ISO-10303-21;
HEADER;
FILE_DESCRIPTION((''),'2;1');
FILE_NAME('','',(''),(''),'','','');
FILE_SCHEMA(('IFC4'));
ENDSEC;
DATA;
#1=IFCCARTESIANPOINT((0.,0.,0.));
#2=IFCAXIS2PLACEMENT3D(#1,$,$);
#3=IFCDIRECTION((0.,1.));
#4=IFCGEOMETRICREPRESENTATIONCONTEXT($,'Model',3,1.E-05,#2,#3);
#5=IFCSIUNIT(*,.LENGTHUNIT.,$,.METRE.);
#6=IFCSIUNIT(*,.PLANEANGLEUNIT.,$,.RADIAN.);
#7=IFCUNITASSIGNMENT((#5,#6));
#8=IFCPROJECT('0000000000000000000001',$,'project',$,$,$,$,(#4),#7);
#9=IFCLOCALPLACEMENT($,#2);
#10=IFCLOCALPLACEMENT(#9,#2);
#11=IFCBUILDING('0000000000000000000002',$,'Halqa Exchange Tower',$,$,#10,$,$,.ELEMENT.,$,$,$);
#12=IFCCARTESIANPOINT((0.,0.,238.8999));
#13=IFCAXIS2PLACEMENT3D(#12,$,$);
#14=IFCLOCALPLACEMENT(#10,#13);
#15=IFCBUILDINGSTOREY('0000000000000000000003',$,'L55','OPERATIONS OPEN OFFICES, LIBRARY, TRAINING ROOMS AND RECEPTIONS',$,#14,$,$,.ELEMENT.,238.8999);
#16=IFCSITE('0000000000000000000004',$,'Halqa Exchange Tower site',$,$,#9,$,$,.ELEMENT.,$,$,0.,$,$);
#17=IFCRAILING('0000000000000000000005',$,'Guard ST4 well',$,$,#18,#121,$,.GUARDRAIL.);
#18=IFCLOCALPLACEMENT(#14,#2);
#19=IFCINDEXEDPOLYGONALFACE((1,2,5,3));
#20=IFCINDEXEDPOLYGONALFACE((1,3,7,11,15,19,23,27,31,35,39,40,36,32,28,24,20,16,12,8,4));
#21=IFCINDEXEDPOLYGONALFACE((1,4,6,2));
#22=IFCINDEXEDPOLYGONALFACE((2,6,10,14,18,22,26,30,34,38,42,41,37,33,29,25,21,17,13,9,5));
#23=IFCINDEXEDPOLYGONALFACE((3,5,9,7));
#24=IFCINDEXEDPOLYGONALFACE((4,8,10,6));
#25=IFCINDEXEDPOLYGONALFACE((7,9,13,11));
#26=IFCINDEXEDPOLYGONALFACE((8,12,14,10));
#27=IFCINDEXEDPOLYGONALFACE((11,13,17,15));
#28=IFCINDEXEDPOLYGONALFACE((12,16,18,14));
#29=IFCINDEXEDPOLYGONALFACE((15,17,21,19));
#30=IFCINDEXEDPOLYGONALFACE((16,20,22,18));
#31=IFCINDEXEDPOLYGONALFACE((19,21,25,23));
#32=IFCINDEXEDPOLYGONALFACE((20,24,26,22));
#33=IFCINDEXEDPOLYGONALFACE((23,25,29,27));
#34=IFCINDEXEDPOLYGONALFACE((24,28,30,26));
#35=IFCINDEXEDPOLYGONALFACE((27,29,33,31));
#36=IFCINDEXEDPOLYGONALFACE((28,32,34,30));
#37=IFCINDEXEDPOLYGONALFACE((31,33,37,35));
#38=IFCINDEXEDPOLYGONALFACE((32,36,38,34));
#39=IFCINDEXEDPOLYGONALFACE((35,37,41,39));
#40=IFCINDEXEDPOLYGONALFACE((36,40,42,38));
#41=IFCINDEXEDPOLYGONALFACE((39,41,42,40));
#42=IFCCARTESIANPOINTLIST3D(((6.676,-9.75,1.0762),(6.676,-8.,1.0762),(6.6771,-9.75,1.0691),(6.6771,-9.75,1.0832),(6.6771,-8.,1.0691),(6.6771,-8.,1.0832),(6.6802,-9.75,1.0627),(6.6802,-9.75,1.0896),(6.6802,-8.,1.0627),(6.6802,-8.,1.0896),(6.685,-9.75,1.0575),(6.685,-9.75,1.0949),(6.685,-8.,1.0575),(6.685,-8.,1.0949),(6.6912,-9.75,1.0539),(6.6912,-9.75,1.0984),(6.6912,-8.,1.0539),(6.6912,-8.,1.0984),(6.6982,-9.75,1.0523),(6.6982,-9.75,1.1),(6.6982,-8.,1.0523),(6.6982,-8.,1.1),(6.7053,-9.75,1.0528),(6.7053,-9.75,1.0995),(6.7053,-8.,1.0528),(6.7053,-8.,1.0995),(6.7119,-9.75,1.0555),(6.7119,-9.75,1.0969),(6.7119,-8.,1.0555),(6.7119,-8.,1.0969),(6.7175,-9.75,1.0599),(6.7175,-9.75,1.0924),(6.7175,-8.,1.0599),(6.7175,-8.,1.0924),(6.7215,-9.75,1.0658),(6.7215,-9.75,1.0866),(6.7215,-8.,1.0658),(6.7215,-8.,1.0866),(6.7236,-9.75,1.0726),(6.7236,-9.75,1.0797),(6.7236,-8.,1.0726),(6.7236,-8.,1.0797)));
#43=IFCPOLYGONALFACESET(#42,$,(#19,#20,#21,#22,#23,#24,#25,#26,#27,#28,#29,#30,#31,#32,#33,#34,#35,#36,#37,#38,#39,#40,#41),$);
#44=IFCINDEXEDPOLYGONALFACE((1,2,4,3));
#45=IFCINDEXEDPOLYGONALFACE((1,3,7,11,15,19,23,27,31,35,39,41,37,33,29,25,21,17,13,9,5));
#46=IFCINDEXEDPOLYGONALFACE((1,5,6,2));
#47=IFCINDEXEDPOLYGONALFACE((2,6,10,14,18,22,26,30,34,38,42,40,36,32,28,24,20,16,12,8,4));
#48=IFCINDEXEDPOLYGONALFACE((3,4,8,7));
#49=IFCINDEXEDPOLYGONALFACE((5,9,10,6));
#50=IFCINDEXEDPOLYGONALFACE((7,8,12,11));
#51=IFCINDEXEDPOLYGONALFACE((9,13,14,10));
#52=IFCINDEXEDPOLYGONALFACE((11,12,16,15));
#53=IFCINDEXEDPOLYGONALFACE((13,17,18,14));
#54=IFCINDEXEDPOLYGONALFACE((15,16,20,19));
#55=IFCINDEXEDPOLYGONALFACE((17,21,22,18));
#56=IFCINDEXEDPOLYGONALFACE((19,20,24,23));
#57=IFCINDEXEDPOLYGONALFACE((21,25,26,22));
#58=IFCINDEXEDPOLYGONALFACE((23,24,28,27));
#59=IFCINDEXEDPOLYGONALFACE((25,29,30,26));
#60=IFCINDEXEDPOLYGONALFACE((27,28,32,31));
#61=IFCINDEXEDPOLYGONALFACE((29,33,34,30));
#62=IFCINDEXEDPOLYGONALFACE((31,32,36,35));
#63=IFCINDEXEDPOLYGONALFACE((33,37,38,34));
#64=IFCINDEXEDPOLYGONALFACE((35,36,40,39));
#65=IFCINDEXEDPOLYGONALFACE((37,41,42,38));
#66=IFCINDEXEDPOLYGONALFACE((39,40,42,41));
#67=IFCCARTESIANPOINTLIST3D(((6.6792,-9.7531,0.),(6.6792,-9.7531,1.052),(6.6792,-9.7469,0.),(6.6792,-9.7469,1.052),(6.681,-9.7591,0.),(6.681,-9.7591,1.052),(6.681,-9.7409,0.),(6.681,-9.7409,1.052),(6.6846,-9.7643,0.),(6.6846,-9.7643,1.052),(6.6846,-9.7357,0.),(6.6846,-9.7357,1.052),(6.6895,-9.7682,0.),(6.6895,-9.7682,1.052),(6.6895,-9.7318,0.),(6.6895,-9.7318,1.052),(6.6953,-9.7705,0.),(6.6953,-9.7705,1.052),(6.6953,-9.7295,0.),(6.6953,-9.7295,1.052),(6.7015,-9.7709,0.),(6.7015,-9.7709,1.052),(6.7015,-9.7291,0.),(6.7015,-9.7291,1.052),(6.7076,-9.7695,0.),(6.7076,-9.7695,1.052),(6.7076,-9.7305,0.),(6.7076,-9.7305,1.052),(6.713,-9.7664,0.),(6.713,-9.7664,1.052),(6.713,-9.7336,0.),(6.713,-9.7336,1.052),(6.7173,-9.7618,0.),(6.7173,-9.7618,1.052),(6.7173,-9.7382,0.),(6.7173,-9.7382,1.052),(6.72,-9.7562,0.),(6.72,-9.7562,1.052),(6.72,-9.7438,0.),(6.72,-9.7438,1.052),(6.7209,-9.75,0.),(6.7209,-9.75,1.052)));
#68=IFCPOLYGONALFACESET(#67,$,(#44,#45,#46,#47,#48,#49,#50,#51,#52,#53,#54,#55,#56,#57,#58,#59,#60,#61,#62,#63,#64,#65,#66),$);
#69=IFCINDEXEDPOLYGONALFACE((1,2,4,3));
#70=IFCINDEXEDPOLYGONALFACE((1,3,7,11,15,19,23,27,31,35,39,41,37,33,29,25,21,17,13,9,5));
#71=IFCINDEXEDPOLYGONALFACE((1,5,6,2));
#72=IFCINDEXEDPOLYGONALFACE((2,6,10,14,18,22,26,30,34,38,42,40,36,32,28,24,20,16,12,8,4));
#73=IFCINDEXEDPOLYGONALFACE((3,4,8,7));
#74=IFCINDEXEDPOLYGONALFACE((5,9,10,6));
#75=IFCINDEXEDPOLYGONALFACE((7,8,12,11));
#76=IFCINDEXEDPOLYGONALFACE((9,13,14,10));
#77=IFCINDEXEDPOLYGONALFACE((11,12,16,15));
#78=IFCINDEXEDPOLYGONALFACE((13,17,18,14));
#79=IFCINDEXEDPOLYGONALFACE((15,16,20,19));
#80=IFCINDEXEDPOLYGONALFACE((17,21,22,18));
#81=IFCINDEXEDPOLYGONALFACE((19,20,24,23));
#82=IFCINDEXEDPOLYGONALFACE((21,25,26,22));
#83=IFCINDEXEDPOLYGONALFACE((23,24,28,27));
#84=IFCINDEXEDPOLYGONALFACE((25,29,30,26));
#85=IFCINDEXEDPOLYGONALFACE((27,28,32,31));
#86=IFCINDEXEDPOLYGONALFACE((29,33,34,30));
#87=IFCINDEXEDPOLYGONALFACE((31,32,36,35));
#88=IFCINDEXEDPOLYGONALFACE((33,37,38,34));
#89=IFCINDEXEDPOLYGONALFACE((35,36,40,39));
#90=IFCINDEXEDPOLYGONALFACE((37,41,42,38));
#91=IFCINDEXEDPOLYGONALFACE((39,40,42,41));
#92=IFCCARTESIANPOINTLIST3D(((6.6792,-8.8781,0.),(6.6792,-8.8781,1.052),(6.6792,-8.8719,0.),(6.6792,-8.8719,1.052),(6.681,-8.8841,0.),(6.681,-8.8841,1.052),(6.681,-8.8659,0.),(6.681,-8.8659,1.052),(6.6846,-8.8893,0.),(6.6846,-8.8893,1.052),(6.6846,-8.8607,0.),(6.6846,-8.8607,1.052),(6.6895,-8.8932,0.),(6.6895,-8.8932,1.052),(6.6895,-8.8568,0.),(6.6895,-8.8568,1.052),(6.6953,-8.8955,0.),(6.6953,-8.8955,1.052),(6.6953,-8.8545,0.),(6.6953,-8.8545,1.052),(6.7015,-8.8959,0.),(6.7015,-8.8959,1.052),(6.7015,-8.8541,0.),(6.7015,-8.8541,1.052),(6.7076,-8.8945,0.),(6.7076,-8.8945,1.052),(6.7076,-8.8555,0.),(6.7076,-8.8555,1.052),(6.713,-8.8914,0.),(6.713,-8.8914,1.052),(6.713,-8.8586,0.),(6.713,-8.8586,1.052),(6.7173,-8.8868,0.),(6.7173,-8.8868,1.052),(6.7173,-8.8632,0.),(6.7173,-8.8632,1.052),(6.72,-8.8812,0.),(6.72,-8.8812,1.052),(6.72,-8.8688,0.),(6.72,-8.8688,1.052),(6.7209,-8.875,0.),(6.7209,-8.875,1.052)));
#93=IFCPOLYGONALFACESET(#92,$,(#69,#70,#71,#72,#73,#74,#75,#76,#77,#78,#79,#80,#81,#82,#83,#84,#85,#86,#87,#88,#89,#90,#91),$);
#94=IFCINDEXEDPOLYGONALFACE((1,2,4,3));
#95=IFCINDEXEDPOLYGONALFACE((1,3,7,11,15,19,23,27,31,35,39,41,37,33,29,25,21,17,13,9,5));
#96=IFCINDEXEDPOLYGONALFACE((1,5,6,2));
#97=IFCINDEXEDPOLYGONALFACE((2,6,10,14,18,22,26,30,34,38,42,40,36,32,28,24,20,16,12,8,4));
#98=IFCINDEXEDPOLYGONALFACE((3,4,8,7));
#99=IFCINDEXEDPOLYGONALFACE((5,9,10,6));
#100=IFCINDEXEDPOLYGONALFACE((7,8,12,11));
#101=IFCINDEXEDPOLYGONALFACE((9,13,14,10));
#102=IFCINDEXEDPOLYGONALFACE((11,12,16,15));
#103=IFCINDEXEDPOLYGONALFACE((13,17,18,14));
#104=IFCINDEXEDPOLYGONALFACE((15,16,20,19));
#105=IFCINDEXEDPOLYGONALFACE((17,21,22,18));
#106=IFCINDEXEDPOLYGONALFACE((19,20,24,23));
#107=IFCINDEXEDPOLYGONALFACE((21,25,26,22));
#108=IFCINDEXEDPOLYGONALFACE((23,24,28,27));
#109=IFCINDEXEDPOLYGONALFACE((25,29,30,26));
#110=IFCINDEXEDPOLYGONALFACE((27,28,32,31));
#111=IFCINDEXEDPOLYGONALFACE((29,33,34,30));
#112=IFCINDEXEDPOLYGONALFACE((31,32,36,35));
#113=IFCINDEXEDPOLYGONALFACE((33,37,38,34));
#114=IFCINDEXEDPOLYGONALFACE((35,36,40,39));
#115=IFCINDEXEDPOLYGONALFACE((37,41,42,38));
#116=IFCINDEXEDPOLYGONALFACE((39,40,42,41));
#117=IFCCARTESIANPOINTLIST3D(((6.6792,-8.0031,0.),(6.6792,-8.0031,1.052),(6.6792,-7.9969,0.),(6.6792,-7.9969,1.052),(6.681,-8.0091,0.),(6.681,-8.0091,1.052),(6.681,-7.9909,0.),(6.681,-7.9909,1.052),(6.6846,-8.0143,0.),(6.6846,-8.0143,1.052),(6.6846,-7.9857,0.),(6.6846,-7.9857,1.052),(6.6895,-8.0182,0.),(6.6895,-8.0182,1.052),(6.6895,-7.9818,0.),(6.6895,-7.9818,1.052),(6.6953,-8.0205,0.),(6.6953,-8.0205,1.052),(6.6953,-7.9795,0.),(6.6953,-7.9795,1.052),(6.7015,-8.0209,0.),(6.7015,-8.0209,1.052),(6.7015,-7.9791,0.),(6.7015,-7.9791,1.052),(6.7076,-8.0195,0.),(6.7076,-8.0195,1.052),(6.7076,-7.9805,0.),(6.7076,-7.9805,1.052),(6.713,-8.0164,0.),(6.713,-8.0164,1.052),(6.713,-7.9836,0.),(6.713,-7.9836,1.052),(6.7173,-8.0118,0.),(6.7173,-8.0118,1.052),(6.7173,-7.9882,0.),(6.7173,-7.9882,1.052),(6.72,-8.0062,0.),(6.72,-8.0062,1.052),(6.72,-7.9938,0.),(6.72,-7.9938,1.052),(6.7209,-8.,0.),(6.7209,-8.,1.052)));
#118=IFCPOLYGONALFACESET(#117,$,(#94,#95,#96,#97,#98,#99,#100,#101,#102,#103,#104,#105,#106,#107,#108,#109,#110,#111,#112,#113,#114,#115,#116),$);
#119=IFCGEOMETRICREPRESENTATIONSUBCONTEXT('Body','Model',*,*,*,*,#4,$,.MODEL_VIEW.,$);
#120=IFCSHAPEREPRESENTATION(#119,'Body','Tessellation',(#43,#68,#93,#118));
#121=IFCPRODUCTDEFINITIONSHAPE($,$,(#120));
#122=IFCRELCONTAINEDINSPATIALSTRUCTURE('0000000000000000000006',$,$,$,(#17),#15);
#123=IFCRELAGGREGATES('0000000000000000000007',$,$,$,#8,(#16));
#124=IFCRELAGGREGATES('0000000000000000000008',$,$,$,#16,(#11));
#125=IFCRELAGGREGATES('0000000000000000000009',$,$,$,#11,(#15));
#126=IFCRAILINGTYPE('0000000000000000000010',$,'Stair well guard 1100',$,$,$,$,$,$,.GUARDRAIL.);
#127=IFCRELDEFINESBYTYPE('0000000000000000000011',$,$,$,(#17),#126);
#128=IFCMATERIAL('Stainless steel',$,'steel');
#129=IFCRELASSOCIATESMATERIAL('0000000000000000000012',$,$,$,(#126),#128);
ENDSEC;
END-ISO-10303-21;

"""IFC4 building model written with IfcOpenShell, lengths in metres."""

from ifc_helpers import new_model, si_unit, direction, frame, origin, origin_2d, place, context, subcontext, project, spatial, circle, extrude, material, type_object, element, save


model = new_model("IFC4")

# Units and contexts
model_context = context("Model", 3, precision=1e-05, world=origin(), true_north=direction((0.0, 1.0)))
body_context = subcontext(model_context, "Body", "Model", "MODEL_VIEW")
ifc_project = project(units=[si_unit("LENGTHUNIT", "METRE"), si_unit("PLANEANGLEUNIT", "RADIAN")], contexts=[model_context])

# Site, building, storey
site_placement = place(None, origin())
site = spatial("IfcSite", under=ifc_project, at=site_placement, Name="Halqa Exchange Tower site", CompositionType="ELEMENT", RefElevation=0.0)
building_placement = place(site_placement, origin())
building = spatial("IfcBuilding", under=site, at=building_placement, Name="Halqa Exchange Tower", CompositionType="ELEMENT")
storey_placement = place(building_placement, frame((0.0, 0.0, 238.8999)))
storey = spatial("IfcBuildingStorey", under=building, at=storey_placement, Name="L55", Description="OPERATIONS OPEN OFFICES, LIBRARY, TRAINING ROOMS AND RECEPTIONS", CompositionType="ELEMENT", Elevation=238.8999)

# Railing
ifc_material_1 = material(Name="Stainless steel", Category="steel")
railing_type_1 = type_object("IfcRailingType", Name="Stair well guard 1100", PredefinedType="GUARDRAIL", material=ifc_material_1)
railing_1_placement = place(storey_placement, frame((6.7, -9.75, 0.0)))
element("IfcRailing", 1, at=railing_1_placement, inside=storey, type_object=railing_type_1, Name="Guard ST4 well", PredefinedType="GUARDRAIL", context=body_context, shape_type="SweptSolid", body=[
    extrude(circle(Radius=0.0239, at=origin_2d()), frame((0.0, 0.0, 1.0762), z_axis=(0.0, 1.0, 0.0), x_axis=(-1.0, 0.0, 0.0)), (0.0, 0.0, 1.0), 1.75),
    extrude(circle(Radius=0.021, at=origin_2d()), origin(), (0.0, 0.0, 1.0), 1.052),
    extrude(circle(Radius=0.021, at=origin_2d()), frame((0.0, 0.875, 0.0)), (0.0, 0.0, 1.0), 1.052),
    extrude(circle(Radius=0.021, at=origin_2d()), frame((0.0, 1.75, 0.0)), (0.0, 0.0, 1.0), 1.052),
])

save(model, "model.ifc")
